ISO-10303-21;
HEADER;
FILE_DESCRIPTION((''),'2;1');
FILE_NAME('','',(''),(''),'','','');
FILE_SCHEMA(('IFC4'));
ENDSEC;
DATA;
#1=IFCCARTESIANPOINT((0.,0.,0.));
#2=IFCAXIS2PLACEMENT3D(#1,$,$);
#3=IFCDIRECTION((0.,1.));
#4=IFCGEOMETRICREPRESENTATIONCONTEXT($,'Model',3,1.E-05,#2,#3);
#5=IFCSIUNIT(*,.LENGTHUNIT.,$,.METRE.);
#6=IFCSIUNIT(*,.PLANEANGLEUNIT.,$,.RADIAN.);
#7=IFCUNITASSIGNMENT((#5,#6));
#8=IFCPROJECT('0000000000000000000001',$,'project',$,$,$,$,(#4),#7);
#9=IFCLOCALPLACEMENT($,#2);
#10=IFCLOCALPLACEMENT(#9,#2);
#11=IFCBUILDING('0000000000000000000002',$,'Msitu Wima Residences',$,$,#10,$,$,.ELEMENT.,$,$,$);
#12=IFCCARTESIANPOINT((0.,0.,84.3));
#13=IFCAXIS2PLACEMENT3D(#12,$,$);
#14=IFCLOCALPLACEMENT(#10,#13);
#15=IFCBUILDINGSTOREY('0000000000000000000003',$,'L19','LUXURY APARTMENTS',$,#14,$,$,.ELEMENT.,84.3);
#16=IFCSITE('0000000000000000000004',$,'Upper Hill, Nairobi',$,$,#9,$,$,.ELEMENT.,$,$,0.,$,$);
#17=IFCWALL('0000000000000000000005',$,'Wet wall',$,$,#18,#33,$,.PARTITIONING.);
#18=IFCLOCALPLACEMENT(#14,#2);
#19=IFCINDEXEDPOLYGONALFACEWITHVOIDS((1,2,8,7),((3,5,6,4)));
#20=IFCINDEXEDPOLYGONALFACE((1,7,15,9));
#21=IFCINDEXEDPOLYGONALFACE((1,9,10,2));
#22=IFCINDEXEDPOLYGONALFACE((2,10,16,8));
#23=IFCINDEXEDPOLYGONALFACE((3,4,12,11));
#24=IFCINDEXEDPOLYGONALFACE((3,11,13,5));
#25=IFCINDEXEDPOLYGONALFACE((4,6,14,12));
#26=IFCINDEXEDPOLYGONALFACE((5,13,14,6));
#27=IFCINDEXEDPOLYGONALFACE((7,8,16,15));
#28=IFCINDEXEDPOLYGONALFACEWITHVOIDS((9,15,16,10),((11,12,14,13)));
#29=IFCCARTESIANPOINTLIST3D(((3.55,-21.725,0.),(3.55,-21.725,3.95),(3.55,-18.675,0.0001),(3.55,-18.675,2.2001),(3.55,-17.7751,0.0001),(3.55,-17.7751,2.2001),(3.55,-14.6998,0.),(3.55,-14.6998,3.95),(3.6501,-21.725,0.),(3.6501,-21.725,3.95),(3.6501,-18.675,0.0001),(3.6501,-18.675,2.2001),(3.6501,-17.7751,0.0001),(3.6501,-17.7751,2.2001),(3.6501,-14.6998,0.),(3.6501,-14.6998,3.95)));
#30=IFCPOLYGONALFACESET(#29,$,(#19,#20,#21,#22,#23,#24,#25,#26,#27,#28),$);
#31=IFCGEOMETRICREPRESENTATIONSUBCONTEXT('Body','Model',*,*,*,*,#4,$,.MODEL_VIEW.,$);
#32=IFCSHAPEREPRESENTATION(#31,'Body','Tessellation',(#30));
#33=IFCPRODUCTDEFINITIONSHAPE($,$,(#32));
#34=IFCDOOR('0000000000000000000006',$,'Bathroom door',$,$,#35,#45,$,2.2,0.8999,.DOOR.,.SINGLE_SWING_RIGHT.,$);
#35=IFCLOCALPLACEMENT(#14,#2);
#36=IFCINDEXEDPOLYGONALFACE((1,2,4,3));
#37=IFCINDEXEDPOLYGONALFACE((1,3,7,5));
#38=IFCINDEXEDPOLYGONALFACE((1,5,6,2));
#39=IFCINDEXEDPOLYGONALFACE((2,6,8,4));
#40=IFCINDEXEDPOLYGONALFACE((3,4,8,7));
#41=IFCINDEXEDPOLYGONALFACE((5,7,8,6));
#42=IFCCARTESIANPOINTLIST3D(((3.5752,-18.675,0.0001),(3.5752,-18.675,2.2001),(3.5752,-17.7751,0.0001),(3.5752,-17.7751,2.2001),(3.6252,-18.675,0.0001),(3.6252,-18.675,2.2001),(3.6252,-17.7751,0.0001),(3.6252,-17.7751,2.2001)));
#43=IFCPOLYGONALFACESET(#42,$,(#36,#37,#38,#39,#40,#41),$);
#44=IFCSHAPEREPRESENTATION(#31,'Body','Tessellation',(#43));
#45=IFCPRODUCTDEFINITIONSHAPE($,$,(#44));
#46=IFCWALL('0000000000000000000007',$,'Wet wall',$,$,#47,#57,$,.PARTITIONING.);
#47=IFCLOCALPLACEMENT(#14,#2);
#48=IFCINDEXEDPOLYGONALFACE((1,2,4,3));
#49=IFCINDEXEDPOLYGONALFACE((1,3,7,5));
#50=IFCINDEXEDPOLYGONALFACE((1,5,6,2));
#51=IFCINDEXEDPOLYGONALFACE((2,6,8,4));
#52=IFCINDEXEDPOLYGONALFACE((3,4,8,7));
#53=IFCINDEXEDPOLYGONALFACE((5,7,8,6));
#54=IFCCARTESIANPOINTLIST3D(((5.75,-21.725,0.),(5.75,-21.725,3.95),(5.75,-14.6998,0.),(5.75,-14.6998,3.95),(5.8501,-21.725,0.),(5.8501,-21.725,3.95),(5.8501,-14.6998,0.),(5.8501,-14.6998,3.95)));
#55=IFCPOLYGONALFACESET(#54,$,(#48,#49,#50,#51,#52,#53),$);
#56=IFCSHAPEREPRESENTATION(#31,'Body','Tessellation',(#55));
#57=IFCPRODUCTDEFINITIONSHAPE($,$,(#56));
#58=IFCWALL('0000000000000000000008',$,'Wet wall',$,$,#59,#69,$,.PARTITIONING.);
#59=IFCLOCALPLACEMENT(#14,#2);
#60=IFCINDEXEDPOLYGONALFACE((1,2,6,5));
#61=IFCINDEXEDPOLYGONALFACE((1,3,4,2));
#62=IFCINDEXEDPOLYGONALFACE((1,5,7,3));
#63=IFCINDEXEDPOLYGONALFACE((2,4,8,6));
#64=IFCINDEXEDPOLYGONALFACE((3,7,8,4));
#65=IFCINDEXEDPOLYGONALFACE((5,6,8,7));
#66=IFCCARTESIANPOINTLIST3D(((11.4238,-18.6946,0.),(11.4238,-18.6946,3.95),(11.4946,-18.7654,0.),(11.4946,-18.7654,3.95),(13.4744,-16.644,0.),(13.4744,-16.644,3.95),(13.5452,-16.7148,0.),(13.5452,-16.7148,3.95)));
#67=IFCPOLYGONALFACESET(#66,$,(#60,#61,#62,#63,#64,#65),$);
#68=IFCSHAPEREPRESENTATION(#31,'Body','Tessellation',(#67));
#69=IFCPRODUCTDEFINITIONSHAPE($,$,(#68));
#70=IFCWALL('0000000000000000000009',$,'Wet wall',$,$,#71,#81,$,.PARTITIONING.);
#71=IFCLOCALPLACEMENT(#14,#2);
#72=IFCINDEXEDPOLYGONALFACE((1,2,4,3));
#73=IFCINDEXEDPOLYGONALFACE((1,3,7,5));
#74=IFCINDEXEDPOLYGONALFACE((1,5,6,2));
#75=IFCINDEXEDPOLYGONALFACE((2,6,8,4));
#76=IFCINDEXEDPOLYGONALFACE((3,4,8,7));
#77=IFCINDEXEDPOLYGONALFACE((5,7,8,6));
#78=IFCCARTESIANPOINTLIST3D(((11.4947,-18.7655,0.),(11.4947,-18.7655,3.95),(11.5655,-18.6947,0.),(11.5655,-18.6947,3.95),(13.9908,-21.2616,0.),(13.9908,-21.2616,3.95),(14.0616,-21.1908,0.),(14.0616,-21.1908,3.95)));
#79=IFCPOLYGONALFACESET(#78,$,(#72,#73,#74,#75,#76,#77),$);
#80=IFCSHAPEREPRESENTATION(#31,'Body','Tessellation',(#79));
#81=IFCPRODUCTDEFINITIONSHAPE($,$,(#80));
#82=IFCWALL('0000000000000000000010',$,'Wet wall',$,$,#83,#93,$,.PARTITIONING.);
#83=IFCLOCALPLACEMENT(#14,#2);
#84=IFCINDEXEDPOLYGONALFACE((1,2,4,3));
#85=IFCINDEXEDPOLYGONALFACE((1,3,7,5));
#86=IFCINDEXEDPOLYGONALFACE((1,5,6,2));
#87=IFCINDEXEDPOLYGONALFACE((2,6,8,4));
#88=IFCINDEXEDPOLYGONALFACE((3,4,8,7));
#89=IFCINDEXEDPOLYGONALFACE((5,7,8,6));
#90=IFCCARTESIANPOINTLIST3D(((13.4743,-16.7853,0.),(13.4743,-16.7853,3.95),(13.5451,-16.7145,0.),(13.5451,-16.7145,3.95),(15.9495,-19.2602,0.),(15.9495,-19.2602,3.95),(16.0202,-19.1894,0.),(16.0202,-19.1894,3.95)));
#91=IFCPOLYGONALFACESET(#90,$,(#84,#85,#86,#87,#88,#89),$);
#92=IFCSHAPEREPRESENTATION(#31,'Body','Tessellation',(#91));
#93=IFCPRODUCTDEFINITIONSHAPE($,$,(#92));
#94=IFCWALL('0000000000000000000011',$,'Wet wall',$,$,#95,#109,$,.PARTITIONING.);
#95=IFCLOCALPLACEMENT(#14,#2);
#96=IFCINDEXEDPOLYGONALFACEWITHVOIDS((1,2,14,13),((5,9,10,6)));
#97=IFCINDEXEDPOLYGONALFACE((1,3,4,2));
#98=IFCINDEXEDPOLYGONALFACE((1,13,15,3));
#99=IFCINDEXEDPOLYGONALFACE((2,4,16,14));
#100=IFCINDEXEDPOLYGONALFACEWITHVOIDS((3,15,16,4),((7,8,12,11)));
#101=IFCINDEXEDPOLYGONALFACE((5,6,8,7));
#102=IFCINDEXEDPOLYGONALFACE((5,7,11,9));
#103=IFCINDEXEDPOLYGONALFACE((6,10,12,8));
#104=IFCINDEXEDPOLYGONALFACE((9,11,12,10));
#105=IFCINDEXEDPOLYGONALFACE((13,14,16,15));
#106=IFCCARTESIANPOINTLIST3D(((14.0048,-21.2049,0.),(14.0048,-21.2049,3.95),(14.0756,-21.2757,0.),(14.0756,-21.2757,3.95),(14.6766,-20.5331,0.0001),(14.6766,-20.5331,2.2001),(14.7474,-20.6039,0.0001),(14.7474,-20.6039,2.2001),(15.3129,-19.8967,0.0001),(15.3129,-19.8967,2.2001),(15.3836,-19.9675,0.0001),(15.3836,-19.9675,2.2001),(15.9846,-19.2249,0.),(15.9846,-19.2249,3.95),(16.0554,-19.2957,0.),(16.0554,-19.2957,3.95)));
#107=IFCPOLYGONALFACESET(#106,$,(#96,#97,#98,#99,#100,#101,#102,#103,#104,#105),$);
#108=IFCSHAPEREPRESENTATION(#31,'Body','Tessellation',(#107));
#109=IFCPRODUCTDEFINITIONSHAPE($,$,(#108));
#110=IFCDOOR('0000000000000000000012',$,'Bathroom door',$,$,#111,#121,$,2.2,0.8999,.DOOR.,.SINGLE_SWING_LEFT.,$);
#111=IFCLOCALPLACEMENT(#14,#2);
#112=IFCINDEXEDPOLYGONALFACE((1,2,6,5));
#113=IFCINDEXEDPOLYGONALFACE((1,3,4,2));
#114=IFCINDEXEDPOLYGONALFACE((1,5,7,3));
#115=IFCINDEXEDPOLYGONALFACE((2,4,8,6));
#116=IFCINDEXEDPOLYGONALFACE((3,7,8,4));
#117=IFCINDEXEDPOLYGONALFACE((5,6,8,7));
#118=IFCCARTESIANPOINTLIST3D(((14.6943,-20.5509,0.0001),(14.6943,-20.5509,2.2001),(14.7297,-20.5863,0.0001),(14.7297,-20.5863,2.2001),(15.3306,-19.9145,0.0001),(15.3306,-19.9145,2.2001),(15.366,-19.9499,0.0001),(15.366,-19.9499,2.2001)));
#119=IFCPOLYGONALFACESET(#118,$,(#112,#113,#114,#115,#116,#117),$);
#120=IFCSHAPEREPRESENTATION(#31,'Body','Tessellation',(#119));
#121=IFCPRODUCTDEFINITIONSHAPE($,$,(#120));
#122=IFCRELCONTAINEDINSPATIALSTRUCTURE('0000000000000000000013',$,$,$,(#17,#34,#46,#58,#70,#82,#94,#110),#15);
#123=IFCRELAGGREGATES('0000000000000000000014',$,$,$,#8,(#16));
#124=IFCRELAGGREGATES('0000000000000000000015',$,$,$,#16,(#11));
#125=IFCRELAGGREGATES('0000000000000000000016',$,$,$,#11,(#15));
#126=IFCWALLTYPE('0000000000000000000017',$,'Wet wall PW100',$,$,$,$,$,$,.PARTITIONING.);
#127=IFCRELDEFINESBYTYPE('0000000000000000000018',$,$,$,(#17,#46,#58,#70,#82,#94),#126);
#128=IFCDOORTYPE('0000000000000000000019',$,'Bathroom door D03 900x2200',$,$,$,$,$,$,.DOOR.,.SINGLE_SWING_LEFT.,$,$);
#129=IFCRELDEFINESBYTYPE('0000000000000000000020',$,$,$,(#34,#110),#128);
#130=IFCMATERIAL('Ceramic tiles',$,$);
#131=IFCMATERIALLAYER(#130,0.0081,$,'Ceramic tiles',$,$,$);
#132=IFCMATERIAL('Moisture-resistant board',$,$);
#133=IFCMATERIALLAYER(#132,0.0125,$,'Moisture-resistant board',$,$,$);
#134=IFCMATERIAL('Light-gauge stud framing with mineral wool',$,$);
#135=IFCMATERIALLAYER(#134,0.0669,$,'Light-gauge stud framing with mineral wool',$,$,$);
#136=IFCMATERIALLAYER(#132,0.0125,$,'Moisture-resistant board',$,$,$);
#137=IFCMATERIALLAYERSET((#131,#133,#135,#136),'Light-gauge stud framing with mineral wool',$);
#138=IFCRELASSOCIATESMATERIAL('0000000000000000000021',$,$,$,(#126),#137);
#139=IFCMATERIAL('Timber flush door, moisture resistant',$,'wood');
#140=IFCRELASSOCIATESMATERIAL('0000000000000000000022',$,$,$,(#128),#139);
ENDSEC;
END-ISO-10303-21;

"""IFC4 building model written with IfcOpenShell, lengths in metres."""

from ifc_helpers import new_model, si_unit, direction, frame, frame_2d, origin, place, context, subcontext, project, spatial, rectangle, extrude, material, layer, layer_set, type_object, element, fill, save


model = new_model("IFC4")

# Units and contexts
model_context = context("Model", 3, precision=1e-05, world=origin(), true_north=direction((0.0, 1.0)))
body_context = subcontext(model_context, "Body", "Model", "MODEL_VIEW")
ifc_project = project(units=[si_unit("LENGTHUNIT", "METRE"), si_unit("PLANEANGLEUNIT", "RADIAN")], contexts=[model_context])

# Site, building, storey
site_placement = place(None, origin())
site = spatial("IfcSite", under=ifc_project, at=site_placement, Name="Upper Hill, Nairobi", CompositionType="ELEMENT", RefElevation=0.0)
building_placement = place(site_placement, origin())
building = spatial("IfcBuilding", under=site, at=building_placement, Name="Msitu Wima Residences", CompositionType="ELEMENT")
storey_placement = place(building_placement, frame((0.0, 0.0, 84.3)))
storey = spatial("IfcBuildingStorey", under=building, at=storey_placement, Name="L19", Description="LUXURY APARTMENTS", CompositionType="ELEMENT", Elevation=84.3)

# Shared definitions
ifc_material_1 = material(Name="Ceramic tiles")
ifc_layer_1 = layer(ifc_material_1, 0.0081, Name="Ceramic tiles")
ifc_material_2 = material(Name="Moisture-resistant board")
ifc_layer_2 = layer(ifc_material_2, 0.0125, Name="Moisture-resistant board")
ifc_material_3 = material(Name="Light-gauge stud framing with mineral wool")
ifc_layer_3 = layer(ifc_material_3, 0.0669, Name="Light-gauge stud framing with mineral wool")
ifc_layer_4 = layer(ifc_material_2, 0.0125, Name="Moisture-resistant board")
ifc_layer_set_1 = layer_set([ifc_layer_1, ifc_layer_2, ifc_layer_3, ifc_layer_4], Name="Light-gauge stud framing with mineral wool")
wall_type_1 = type_object("IfcWallType", Name="Wet wall PW100", PredefinedType="PARTITIONING", material=ifc_layer_set_1)

# Wall, opening, door
wall_1_placement = place(storey_placement, frame((3.6001, -21.7251, 0.0), z_axis=(0.0, 0.0, 1.0), x_axis=(0.0, 1.0, 0.0)))
wall_1 = element("IfcWall", 1, at=wall_1_placement, inside=storey, type_object=wall_type_1, Name="Wet wall", PredefinedType="PARTITIONING", context=body_context, shape_type="SweptSolid", body=[
    extrude(rectangle(XDim=7.0251, YDim=0.1001, at=frame_2d((3.5127, 0.0))), origin(), (0.0, 0.0, 1.0), 3.95),
])
opening_1_placement = place(wall_1_placement, frame((3.05, 0.0, 0.0)))
opening_1 = element("IfcOpeningElement", 2, at=opening_1_placement, cuts=wall_1, PredefinedType="OPENING", context=body_context, shape_type="SweptSolid", body=[
    extrude(rectangle(XDim=0.8999, YDim=2.2, at=frame_2d((0.45, 1.1001))), frame((0.0, 0.0601, 0.0), z_axis=(0.0, -1.0, 0.0), x_axis=(1.0, 0.0, 0.0)), (0.0, 0.0, 1.0), 0.1201),
])
ifc_material_4 = material(Name="Timber flush door, moisture resistant", Category="wood")
door_type_1 = type_object("IfcDoorType", Name="Bathroom door D03 900x2200", OperationType="SINGLE_SWING_LEFT", PredefinedType="DOOR", material=ifc_material_4)
door_1_placement = place(opening_1_placement, origin())
door_1 = element("IfcDoor", 3, at=door_1_placement, inside=storey, type_object=door_type_1, Name="Bathroom door", OperationType="SINGLE_SWING_RIGHT", OverallHeight=2.2, OverallWidth=0.8999, PredefinedType="DOOR", context=body_context, shape_type="SweptSolid", body=[
    extrude(rectangle(XDim=0.8999, YDim=2.2, at=frame_2d((0.45, 1.1001))), frame((0.0, 0.0249, 0.0), z_axis=(0.0, -1.0, 0.0), x_axis=(1.0, 0.0, 0.0)), (0.0, 0.0, 1.0), 0.05),
])
fill(opening_1, door_1)

# Walls
wall_2_placement = place(storey_placement, frame((5.8, -21.7251, 0.0), z_axis=(0.0, 0.0, 1.0), x_axis=(0.0, 1.0, 0.0)))
element("IfcWall", 4, at=wall_2_placement, inside=storey, type_object=wall_type_1, Name="Wet wall", PredefinedType="PARTITIONING", context=body_context, shape_type="SweptSolid", body=[
    extrude(rectangle(XDim=7.0251, YDim=0.1001, at=frame_2d((3.5127, 0.0))), origin(), (0.0, 0.0, 1.0), 3.95),
])
wall_3_placement = place(storey_placement, frame((11.4592, -18.73, 0.0), z_axis=(0.0, 0.0, 1.0), x_axis=(0.707107, 0.707107, 0.0)))
element("IfcWall", 5, at=wall_3_placement, inside=storey, type_object=wall_type_1, Name="Wet wall", PredefinedType="PARTITIONING", context=body_context, shape_type="SweptSolid", body=[
    extrude(rectangle(XDim=2.8999, YDim=0.1001, at=frame_2d((1.45, 0.0))), origin(), (0.0, 0.0, 1.0), 3.95),
])
wall_4_placement = place(storey_placement, frame((11.53, -18.73, 0.0), z_axis=(0.0, 0.0, 1.0), x_axis=(0.707107, -0.707107, 0.0)))
element("IfcWall", 6, at=wall_4_placement, inside=storey, type_object=wall_type_1, Name="Wet wall", PredefinedType="PARTITIONING", context=body_context, shape_type="SweptSolid", body=[
    extrude(rectangle(XDim=3.53, YDim=0.1001, at=frame_2d((1.7651, 0.0))), origin(), (0.0, 0.0, 1.0), 3.95),
])
wall_5_placement = place(storey_placement, frame((13.5098, -16.75, 0.0), z_axis=(0.0, 0.0, 1.0), x_axis=(0.707142, -0.707072, 0.0)))
element("IfcWall", 7, at=wall_5_placement, inside=storey, type_object=wall_type_1, Name="Wet wall", PredefinedType="PARTITIONING", context=body_context, shape_type="SweptSolid", body=[
    extrude(rectangle(XDim=3.5002, YDim=0.1001, at=frame_2d((1.75, 0.0))), origin(), (0.0, 0.0, 1.0), 3.95),
])

# Wall, opening, door
wall_6_placement = place(storey_placement, frame((14.0403, -21.2402, 0.0), z_axis=(0.0, 0.0, 1.0), x_axis=(0.707063, 0.70715, 0.0)))
wall_6 = element("IfcWall", 8, at=wall_6_placement, inside=storey, type_object=wall_type_1, Name="Wet wall", PredefinedType="PARTITIONING", context=body_context, shape_type="SweptSolid", body=[
    extrude(rectangle(XDim=2.8, YDim=0.1001, at=frame_2d((1.3999, 0.0))), origin(), (0.0, 0.0, 1.0), 3.95),
])
opening_2_placement = place(wall_6_placement, frame((0.95, 0.0, 0.0)))
opening_2 = element("IfcOpeningElement", 9, at=opening_2_placement, cuts=wall_6, PredefinedType="OPENING", context=body_context, shape_type="SweptSolid", body=[
    extrude(rectangle(XDim=0.8999, YDim=2.2, at=frame_2d((0.45, 1.1001))), frame((0.0, 0.0601, 0.0), z_axis=(0.0, -1.0, 0.0), x_axis=(1.0, 0.0, 0.0)), (0.0, 0.0, 1.0), 0.1201),
])
door_2_placement = place(opening_2_placement, origin())
door_2 = element("IfcDoor", 10, at=door_2_placement, inside=storey, type_object=door_type_1, Name="Bathroom door", OperationType="SINGLE_SWING_LEFT", OverallHeight=2.2, OverallWidth=0.8999, PredefinedType="DOOR", context=body_context, shape_type="SweptSolid", body=[
    extrude(rectangle(XDim=0.8999, YDim=2.2, at=frame_2d((0.45, 1.1001))), frame((0.0, 0.0249, 0.0), z_axis=(0.0, -1.0, 0.0), x_axis=(1.0, 0.0, 0.0)), (0.0, 0.0, 1.0), 0.05),
])
fill(opening_2, door_2)

save(model, "model.ifc")
